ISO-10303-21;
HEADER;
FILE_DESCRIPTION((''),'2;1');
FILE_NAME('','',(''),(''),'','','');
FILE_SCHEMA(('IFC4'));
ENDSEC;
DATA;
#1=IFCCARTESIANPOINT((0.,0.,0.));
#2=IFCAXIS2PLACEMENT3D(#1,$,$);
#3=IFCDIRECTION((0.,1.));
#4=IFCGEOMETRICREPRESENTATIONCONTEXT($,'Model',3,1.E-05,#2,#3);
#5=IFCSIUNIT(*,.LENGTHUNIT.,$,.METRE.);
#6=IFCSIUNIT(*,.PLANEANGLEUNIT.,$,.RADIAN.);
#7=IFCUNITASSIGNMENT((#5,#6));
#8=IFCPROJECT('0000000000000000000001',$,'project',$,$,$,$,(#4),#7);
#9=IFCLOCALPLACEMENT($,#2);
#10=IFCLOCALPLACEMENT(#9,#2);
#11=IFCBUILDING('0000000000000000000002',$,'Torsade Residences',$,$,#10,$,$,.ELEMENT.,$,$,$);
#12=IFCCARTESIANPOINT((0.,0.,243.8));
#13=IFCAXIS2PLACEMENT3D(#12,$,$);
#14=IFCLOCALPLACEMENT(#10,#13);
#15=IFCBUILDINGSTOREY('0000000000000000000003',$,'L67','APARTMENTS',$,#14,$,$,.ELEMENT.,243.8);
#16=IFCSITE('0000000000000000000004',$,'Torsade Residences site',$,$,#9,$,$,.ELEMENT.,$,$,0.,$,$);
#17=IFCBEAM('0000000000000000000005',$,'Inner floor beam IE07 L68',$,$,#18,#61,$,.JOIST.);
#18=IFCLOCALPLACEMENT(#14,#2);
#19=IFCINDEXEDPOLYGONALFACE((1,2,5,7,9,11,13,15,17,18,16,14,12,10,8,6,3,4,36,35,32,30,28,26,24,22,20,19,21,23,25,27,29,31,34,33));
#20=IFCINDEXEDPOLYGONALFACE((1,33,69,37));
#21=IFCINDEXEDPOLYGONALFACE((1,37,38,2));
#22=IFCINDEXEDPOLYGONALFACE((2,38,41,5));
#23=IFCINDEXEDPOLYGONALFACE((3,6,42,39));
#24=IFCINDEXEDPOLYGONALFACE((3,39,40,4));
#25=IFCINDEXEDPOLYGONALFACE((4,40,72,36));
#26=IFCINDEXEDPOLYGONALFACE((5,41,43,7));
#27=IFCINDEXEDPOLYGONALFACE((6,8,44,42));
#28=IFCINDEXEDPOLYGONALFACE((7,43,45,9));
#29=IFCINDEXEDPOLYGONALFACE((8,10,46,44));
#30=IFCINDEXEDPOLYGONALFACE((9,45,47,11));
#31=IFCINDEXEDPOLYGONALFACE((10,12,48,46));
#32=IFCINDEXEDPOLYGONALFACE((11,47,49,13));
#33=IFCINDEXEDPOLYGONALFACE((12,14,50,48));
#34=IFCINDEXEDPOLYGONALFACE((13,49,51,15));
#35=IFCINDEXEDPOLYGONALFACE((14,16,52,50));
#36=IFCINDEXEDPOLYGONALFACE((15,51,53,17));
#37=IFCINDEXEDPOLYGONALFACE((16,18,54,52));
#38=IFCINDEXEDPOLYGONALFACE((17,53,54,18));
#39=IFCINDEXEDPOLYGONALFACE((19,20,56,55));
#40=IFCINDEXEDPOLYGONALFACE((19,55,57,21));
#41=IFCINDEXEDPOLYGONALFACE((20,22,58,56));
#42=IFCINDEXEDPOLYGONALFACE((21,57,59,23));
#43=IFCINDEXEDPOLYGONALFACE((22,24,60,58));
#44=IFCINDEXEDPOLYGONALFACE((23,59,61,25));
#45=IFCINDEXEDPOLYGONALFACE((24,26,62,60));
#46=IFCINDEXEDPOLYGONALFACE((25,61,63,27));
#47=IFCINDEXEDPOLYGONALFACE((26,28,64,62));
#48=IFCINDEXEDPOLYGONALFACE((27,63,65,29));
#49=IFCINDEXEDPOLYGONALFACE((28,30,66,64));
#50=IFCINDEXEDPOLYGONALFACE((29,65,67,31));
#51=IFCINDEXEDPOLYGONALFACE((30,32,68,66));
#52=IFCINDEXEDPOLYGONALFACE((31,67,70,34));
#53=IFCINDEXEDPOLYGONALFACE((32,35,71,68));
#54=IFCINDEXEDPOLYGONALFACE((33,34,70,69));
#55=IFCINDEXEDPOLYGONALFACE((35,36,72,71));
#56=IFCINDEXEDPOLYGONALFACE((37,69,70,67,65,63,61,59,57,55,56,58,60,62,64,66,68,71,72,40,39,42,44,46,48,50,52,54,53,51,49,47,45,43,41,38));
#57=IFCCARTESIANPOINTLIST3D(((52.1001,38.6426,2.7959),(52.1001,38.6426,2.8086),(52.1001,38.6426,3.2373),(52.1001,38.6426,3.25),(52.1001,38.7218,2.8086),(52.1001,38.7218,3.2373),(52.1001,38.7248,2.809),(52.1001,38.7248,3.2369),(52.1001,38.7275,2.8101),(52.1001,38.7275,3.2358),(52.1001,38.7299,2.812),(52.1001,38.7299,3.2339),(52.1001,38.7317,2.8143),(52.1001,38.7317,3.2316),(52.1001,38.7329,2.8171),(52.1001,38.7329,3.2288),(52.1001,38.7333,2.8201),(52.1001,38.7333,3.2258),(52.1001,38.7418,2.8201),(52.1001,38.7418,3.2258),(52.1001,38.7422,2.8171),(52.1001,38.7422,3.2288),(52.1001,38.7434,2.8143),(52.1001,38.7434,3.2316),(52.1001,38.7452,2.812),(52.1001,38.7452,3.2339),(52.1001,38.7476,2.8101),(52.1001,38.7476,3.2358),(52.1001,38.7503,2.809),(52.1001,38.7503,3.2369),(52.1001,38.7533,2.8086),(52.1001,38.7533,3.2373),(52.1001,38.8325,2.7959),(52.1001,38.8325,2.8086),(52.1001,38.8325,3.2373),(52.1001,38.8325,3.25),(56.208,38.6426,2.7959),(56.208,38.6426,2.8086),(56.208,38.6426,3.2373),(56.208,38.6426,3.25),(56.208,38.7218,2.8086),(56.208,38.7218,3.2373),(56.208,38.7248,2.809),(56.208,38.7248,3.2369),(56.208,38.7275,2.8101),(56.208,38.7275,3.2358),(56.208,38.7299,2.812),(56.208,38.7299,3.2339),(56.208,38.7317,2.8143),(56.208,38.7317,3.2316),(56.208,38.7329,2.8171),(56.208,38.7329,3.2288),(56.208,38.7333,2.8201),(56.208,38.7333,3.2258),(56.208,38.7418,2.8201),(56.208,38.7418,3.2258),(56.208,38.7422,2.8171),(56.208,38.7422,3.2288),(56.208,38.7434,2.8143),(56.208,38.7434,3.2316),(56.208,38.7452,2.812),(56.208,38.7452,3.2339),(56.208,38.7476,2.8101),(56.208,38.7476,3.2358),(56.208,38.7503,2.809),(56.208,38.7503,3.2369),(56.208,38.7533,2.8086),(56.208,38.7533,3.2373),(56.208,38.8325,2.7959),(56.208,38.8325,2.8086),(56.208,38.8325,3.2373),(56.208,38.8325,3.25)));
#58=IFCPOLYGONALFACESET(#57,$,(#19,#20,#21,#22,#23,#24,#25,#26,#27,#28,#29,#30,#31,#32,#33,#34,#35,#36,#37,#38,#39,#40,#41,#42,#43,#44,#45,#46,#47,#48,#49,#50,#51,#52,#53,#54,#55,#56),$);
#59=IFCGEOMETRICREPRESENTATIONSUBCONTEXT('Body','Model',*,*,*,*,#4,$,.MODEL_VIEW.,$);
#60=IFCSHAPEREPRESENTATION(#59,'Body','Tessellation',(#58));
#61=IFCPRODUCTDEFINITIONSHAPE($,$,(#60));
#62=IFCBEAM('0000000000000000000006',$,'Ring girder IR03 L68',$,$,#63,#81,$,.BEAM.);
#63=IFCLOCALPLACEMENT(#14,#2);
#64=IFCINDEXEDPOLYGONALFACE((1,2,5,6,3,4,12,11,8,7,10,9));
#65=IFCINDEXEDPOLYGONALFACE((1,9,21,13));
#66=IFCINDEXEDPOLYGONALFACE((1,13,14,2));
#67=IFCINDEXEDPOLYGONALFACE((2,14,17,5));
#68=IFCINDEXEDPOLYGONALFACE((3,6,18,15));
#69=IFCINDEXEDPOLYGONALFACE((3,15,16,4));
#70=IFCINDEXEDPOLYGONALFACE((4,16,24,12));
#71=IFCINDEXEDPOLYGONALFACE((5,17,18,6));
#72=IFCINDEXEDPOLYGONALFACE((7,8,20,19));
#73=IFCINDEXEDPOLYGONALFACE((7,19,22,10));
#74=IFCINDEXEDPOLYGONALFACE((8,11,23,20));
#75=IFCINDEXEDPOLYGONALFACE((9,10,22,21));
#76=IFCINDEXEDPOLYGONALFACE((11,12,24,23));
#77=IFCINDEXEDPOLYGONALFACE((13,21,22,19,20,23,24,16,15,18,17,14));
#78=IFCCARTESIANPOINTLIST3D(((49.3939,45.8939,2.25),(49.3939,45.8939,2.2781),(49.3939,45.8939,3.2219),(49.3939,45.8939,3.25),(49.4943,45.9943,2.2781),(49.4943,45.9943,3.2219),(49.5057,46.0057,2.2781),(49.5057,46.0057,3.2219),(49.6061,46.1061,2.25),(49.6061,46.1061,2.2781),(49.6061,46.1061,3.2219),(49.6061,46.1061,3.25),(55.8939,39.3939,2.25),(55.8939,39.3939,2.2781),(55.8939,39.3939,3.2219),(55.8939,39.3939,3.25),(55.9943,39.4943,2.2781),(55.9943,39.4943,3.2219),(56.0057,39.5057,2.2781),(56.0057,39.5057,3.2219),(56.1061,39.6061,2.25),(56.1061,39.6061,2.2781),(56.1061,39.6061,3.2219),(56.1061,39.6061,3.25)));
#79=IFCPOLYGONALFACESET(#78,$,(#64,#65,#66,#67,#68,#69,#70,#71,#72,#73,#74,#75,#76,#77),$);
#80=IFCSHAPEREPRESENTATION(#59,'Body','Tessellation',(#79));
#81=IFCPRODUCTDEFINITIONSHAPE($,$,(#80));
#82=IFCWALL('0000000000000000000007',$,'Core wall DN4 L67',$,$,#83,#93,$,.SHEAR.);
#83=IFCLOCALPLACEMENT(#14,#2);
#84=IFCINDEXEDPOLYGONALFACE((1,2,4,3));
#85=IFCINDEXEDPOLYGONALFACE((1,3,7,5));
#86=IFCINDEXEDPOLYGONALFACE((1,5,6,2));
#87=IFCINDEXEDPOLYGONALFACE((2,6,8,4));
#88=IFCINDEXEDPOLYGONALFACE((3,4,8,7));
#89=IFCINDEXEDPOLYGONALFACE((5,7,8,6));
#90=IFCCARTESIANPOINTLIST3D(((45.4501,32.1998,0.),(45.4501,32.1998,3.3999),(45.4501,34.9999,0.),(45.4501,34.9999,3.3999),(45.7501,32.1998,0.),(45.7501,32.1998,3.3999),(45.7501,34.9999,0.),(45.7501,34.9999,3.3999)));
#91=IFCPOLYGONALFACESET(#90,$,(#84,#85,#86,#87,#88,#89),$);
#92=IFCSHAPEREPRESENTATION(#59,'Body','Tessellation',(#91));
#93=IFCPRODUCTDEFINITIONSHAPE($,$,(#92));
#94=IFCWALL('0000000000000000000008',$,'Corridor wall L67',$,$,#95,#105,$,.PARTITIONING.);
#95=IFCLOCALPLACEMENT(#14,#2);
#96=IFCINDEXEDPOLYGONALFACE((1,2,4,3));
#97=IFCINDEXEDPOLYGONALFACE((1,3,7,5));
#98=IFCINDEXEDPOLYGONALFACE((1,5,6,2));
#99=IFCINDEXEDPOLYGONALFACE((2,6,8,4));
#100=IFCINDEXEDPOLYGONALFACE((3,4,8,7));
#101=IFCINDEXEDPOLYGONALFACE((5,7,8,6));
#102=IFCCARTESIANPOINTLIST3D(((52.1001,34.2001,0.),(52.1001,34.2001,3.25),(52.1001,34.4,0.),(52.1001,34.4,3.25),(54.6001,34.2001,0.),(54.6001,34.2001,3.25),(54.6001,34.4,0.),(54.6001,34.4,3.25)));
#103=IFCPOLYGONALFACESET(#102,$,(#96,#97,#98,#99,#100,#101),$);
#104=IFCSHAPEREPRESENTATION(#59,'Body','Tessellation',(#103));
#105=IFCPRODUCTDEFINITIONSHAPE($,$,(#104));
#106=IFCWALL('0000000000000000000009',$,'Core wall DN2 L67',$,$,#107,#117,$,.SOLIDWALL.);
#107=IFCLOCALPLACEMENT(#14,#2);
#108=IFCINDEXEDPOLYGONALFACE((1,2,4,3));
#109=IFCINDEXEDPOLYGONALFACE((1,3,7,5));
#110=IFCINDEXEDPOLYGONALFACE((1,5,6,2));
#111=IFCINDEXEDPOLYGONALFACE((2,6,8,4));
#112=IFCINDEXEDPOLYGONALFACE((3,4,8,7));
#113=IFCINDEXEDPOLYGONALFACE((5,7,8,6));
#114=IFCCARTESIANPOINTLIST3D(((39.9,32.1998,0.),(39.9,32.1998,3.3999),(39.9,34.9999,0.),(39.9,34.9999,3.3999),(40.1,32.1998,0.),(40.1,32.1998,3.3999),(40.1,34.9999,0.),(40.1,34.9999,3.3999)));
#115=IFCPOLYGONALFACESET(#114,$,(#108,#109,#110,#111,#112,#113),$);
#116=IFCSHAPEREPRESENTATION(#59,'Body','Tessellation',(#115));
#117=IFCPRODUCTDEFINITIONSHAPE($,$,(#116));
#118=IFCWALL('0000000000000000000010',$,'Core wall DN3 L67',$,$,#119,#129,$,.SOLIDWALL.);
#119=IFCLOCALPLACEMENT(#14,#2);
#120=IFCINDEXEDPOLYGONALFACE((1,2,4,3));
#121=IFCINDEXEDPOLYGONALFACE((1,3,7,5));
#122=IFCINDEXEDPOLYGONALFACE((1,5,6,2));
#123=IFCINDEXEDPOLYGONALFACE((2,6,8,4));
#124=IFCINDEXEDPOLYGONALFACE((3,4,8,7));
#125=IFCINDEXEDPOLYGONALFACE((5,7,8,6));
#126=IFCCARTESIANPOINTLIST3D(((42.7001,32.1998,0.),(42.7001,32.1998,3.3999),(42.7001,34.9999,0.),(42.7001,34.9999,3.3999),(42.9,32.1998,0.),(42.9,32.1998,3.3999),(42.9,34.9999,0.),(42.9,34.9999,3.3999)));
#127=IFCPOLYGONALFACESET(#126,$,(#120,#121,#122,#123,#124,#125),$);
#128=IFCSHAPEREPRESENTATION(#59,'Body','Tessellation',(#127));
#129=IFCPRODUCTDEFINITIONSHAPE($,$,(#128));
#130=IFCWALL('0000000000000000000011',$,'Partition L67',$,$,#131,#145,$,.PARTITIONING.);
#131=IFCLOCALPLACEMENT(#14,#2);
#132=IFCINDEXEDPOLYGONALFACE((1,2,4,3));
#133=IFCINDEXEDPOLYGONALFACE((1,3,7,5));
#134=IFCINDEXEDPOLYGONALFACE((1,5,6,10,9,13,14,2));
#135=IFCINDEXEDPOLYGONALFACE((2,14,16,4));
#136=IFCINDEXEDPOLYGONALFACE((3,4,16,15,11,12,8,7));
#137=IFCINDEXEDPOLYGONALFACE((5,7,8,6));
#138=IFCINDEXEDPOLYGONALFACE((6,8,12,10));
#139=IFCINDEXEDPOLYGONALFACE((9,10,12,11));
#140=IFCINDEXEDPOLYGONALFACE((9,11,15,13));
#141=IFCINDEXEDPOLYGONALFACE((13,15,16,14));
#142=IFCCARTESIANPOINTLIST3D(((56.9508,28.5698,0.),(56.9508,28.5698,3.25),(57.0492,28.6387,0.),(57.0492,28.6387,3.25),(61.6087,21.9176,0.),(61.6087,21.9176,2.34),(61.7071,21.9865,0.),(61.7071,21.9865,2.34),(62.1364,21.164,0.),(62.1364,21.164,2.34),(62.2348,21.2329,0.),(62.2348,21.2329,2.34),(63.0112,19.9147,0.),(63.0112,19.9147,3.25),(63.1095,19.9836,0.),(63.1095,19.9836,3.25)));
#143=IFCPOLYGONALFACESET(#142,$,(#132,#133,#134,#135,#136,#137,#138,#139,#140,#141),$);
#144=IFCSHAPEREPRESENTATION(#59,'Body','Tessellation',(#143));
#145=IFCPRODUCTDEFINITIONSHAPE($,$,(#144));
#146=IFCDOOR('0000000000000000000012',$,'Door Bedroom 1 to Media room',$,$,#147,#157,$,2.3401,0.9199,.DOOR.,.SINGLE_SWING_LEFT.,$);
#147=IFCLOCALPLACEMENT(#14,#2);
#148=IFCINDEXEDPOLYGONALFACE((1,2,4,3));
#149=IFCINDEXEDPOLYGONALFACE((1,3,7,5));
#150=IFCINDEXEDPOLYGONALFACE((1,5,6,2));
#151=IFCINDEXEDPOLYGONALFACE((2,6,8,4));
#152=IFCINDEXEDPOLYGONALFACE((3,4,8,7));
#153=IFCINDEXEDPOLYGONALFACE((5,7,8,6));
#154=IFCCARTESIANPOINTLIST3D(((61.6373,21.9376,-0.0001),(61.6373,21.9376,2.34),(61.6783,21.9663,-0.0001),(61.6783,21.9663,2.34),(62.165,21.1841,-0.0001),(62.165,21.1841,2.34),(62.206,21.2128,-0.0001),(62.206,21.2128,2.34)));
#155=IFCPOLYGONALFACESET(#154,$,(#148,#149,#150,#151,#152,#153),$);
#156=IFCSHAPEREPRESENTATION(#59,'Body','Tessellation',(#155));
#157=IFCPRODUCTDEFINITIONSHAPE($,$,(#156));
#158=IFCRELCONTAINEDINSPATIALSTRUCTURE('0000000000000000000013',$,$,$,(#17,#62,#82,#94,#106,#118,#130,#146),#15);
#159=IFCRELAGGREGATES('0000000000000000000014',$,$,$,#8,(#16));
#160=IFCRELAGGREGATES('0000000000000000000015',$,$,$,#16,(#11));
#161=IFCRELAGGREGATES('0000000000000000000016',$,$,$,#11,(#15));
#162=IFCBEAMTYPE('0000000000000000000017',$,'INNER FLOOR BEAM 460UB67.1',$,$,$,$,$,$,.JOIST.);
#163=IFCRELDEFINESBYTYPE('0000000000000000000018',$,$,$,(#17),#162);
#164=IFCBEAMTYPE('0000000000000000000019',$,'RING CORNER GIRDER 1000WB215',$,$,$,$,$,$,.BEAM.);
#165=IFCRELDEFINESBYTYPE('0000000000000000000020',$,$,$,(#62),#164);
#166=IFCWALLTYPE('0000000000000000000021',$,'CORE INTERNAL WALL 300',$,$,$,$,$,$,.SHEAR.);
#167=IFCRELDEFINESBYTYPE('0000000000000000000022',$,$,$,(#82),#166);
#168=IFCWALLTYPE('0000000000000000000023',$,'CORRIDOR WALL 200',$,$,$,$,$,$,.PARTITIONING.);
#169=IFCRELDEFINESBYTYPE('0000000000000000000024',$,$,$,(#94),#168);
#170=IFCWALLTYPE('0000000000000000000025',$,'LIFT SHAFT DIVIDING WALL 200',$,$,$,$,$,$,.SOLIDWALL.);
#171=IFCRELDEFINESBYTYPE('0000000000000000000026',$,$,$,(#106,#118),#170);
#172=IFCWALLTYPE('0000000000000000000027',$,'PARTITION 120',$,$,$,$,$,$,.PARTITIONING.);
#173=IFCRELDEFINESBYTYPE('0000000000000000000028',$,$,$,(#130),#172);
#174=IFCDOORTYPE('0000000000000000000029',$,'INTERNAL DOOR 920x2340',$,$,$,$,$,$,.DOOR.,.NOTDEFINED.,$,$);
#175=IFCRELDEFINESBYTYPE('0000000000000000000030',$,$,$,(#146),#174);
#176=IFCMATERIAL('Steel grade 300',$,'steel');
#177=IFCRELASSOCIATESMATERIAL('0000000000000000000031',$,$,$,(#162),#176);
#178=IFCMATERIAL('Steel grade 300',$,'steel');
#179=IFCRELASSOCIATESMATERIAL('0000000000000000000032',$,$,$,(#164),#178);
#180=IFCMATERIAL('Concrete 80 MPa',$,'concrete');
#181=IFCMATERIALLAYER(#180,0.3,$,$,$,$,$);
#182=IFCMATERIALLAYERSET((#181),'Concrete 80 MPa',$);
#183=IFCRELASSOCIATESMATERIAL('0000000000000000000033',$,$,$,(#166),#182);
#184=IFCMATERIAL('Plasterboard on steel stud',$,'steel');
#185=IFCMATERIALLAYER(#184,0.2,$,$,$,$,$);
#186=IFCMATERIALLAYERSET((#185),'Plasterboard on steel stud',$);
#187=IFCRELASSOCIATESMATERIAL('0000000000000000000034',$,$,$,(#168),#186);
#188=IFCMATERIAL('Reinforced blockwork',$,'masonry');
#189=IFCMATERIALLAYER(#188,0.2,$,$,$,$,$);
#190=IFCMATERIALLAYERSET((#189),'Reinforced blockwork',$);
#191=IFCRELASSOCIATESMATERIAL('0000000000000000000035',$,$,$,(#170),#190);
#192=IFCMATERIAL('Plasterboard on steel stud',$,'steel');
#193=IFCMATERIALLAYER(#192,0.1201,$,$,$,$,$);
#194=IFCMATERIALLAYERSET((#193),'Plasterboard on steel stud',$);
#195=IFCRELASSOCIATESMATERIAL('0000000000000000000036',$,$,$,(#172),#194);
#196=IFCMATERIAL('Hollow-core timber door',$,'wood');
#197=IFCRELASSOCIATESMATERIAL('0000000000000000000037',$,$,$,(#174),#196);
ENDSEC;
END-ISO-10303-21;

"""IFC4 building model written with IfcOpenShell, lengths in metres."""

from ifc_helpers import new_model, si_unit, direction, frame, frame_2d, origin, origin_2d, place, context, subcontext, project, spatial, rectangle, i_section, extrude, material, layer, layer_set, material_profile, profile_set, type_object, element, fill, save


model = new_model("IFC4")

# Units and contexts
model_context = context("Model", 3, precision=1e-05, world=origin(), true_north=direction((0.0, 1.0)))
body_context = subcontext(model_context, "Body", "Model", "MODEL_VIEW")
ifc_project = project(units=[si_unit("LENGTHUNIT", "METRE"), si_unit("PLANEANGLEUNIT", "RADIAN")], contexts=[model_context])

# Site, building, storey
site_placement = place(None, origin())
site = spatial("IfcSite", under=ifc_project, at=site_placement, Name="Torsade Residences site", CompositionType="ELEMENT", RefElevation=0.0)
building_placement = place(site_placement, origin())
building = spatial("IfcBuilding", under=site, at=building_placement, Name="Torsade Residences", CompositionType="ELEMENT")
storey_placement = place(building_placement, frame((0.0, 0.0, 243.8)))
storey = spatial("IfcBuildingStorey", under=building, at=storey_placement, Name="L67", Description="APARTMENTS", CompositionType="ELEMENT", Elevation=243.8)

# Beams
ifc_material_1 = material(Name="Steel grade 300", Category="steel")
ifc_material_profile_1 = material_profile(ifc_material_1, i_section(OverallWidth=0.1899, OverallDepth=0.4541, WebThickness=0.0085, FlangeThickness=0.0127, FilletRadius=0.0115, at=origin_2d()), Name="460UB67.1")
ifc_profile_set_1 = profile_set([ifc_material_profile_1], Name="Steel grade 300")
beam_type_1 = type_object("IfcBeamType", Name="INNER FLOOR BEAM 460UB67.1", PredefinedType="JOIST", material=ifc_profile_set_1)
beam_1_placement = place(storey_placement, frame((52.1001, 38.7375, 3.0229), z_axis=(1.0, 0.0, 0.0), x_axis=(0.0, 1.0, 0.0)))
element("IfcBeam", 1, at=beam_1_placement, inside=storey, type_object=beam_type_1, Name="Inner floor beam IE07 L68", PredefinedType="JOIST", context=body_context, shape_type="SweptSolid", body=[
    extrude(i_section(OverallWidth=0.1899, OverallDepth=0.4541, WebThickness=0.0085, FlangeThickness=0.0127, FilletRadius=0.0115, at=origin_2d()), origin(), (0.0, 0.0, 1.0), 4.1079),
])
ifc_material_2 = material(Name="Steel grade 300", Category="steel")
ifc_material_profile_2 = material_profile(ifc_material_2, i_section(OverallWidth=0.3, OverallDepth=1.0, WebThickness=0.0161, FlangeThickness=0.0281, at=origin_2d()), Name="1000WB215")
ifc_profile_set_2 = profile_set([ifc_material_profile_2], Name="Steel grade 300")
beam_type_2 = type_object("IfcBeamType", Name="RING CORNER GIRDER 1000WB215", PredefinedType="BEAM", material=ifc_profile_set_2)
beam_2_placement = place(storey_placement, frame((56.0, 39.5, 2.75), z_axis=(-0.707107, 0.707107, 0.0), x_axis=(-0.707107, -0.707107, 0.0)))
element("IfcBeam", 2, at=beam_2_placement, inside=storey, type_object=beam_type_2, Name="Ring girder IR03 L68", PredefinedType="BEAM", context=body_context, shape_type="SweptSolid", body=[
    extrude(i_section(OverallWidth=0.3, OverallDepth=1.0, WebThickness=0.0161, FlangeThickness=0.0281, at=origin_2d()), origin(), (0.0, 0.0, 1.0), 9.1924),
])

# Walls
ifc_material_3 = material(Name="Concrete 80 MPa", Category="concrete")
ifc_layer_1 = layer(ifc_material_3, 0.3)
ifc_layer_set_1 = layer_set([ifc_layer_1], Name="Concrete 80 MPa")
wall_type_1 = type_object("IfcWallType", Name="CORE INTERNAL WALL 300", PredefinedType="SHEAR", material=ifc_layer_set_1)
wall_1_placement = place(storey_placement, frame((45.6001, 32.2, 0.0), z_axis=(0.0, 0.0, 1.0), x_axis=(0.0, 1.0, 0.0)))
element("IfcWall", 3, at=wall_1_placement, inside=storey, type_object=wall_type_1, Name="Core wall DN4 L67", PredefinedType="SHEAR", context=body_context, shape_type="SweptSolid", body=[
    extrude(rectangle(XDim=2.8, YDim=0.3, at=frame_2d((1.3999, 0.0))), origin(), (0.0, 0.0, 1.0), 3.3999),
])
ifc_material_4 = material(Name="Plasterboard on steel stud", Category="steel")
ifc_layer_2 = layer(ifc_material_4, 0.2)
ifc_layer_set_2 = layer_set([ifc_layer_2], Name="Plasterboard on steel stud")
wall_type_2 = type_object("IfcWallType", Name="CORRIDOR WALL 200", PredefinedType="PARTITIONING", material=ifc_layer_set_2)
wall_2_placement = place(storey_placement, frame((52.1001, 34.3, 0.0), z_axis=(0.0, 0.0, 1.0), x_axis=(1.0, 0.0, 0.0)))
element("IfcWall", 4, at=wall_2_placement, inside=storey, type_object=wall_type_2, Name="Corridor wall L67", PredefinedType="PARTITIONING", context=body_context, shape_type="SweptSolid", body=[
    extrude(rectangle(XDim=2.5, YDim=0.2, at=frame_2d((1.25, 0.0))), origin(), (0.0, 0.0, 1.0), 3.25),
])
ifc_material_5 = material(Name="Reinforced blockwork", Category="masonry")
ifc_layer_3 = layer(ifc_material_5, 0.2)
ifc_layer_set_3 = layer_set([ifc_layer_3], Name="Reinforced blockwork")
wall_type_3 = type_object("IfcWallType", Name="LIFT SHAFT DIVIDING WALL 200", PredefinedType="SOLIDWALL", material=ifc_layer_set_3)
for number, where, z_axis, x_axis, name in (
    (5, (40.0, 32.2, 0.0), (0.0, 0.0, 1.0), (0.0, 1.0, 0.0), "Core wall DN2 L67"),
    (6, (42.8, 32.2, 0.0), (0.0, 0.0, 1.0), (0.0, 1.0, 0.0), "Core wall DN3 L67"),
):
    element("IfcWall", number, at=place(storey_placement, frame(where, z_axis=z_axis, x_axis=x_axis)), inside=storey, type_object=wall_type_3, Name=name, PredefinedType="SOLIDWALL", context=body_context, shape_type="SweptSolid", body=[
        extrude(rectangle(XDim=2.8, YDim=0.2, at=frame_2d((1.3999, 0.0))), origin(), (0.0, 0.0, 1.0), 3.3999),
    ])

# Wall, opening, door
ifc_material_6 = material(Name="Plasterboard on steel stud", Category="steel")
ifc_layer_4 = layer(ifc_material_6, 0.1201)
ifc_layer_set_4 = layer_set([ifc_layer_4], Name="Plasterboard on steel stud")
wall_type_4 = type_object("IfcWallType", Name="PARTITION 120", PredefinedType="PARTITIONING", material=ifc_layer_set_4)
wall_3_placement = place(storey_placement, frame((57.0, 28.6042, 0.0), z_axis=(0.0, 0.0, 1.0), x_axis=(0.573576, -0.819153, 0.0)))
wall_3 = element("IfcWall", 7, at=wall_3_placement, inside=storey, type_object=wall_type_4, Name="Partition L67", PredefinedType="PARTITIONING", context=body_context, shape_type="SweptSolid", body=[
    extrude(rectangle(XDim=10.5659, YDim=0.1201, at=frame_2d((5.283, 0.0))), origin(), (0.0, 0.0, 1.0), 3.25),
])
opening_1_placement = place(wall_3_placement, frame((8.1208, 0.0, 0.0)))
opening_1 = element("IfcOpeningElement", 8, at=opening_1_placement, cuts=wall_3, PredefinedType="OPENING", context=body_context, shape_type="SweptSolid", body=[
    extrude(rectangle(XDim=0.9199, YDim=2.3401, at=frame_2d((0.46, 1.1699))), frame((0.0, 0.0701, 0.0), z_axis=(0.0, -1.0, 0.0), x_axis=(1.0, 0.0, 0.0)), (0.0, 0.0, 1.0), 0.1401),
])
ifc_material_7 = material(Name="Hollow-core timber door", Category="wood")
door_type_1 = type_object("IfcDoorType", Name="INTERNAL DOOR 920x2340", OperationType="NOTDEFINED", PredefinedType="DOOR", material=ifc_material_7)
door_1_placement = place(opening_1_placement, origin())
door_1 = element("IfcDoor", 9, at=door_1_placement, inside=storey, type_object=door_type_1, Name="Door Bedroom 1 to Media room", OperationType="SINGLE_SWING_LEFT", OverallHeight=2.3401, OverallWidth=0.9199, PredefinedType="DOOR", context=body_context, shape_type="SweptSolid", body=[
    extrude(rectangle(XDim=0.9199, YDim=2.3401, at=frame_2d((0.46, 1.1699))), frame((0.0, 0.0249, 0.0), z_axis=(0.0, -1.0, 0.0), x_axis=(1.0, 0.0, 0.0)), (0.0, 0.0, 1.0), 0.05),
])
fill(opening_1, door_1)

save(model, "model.ifc")
